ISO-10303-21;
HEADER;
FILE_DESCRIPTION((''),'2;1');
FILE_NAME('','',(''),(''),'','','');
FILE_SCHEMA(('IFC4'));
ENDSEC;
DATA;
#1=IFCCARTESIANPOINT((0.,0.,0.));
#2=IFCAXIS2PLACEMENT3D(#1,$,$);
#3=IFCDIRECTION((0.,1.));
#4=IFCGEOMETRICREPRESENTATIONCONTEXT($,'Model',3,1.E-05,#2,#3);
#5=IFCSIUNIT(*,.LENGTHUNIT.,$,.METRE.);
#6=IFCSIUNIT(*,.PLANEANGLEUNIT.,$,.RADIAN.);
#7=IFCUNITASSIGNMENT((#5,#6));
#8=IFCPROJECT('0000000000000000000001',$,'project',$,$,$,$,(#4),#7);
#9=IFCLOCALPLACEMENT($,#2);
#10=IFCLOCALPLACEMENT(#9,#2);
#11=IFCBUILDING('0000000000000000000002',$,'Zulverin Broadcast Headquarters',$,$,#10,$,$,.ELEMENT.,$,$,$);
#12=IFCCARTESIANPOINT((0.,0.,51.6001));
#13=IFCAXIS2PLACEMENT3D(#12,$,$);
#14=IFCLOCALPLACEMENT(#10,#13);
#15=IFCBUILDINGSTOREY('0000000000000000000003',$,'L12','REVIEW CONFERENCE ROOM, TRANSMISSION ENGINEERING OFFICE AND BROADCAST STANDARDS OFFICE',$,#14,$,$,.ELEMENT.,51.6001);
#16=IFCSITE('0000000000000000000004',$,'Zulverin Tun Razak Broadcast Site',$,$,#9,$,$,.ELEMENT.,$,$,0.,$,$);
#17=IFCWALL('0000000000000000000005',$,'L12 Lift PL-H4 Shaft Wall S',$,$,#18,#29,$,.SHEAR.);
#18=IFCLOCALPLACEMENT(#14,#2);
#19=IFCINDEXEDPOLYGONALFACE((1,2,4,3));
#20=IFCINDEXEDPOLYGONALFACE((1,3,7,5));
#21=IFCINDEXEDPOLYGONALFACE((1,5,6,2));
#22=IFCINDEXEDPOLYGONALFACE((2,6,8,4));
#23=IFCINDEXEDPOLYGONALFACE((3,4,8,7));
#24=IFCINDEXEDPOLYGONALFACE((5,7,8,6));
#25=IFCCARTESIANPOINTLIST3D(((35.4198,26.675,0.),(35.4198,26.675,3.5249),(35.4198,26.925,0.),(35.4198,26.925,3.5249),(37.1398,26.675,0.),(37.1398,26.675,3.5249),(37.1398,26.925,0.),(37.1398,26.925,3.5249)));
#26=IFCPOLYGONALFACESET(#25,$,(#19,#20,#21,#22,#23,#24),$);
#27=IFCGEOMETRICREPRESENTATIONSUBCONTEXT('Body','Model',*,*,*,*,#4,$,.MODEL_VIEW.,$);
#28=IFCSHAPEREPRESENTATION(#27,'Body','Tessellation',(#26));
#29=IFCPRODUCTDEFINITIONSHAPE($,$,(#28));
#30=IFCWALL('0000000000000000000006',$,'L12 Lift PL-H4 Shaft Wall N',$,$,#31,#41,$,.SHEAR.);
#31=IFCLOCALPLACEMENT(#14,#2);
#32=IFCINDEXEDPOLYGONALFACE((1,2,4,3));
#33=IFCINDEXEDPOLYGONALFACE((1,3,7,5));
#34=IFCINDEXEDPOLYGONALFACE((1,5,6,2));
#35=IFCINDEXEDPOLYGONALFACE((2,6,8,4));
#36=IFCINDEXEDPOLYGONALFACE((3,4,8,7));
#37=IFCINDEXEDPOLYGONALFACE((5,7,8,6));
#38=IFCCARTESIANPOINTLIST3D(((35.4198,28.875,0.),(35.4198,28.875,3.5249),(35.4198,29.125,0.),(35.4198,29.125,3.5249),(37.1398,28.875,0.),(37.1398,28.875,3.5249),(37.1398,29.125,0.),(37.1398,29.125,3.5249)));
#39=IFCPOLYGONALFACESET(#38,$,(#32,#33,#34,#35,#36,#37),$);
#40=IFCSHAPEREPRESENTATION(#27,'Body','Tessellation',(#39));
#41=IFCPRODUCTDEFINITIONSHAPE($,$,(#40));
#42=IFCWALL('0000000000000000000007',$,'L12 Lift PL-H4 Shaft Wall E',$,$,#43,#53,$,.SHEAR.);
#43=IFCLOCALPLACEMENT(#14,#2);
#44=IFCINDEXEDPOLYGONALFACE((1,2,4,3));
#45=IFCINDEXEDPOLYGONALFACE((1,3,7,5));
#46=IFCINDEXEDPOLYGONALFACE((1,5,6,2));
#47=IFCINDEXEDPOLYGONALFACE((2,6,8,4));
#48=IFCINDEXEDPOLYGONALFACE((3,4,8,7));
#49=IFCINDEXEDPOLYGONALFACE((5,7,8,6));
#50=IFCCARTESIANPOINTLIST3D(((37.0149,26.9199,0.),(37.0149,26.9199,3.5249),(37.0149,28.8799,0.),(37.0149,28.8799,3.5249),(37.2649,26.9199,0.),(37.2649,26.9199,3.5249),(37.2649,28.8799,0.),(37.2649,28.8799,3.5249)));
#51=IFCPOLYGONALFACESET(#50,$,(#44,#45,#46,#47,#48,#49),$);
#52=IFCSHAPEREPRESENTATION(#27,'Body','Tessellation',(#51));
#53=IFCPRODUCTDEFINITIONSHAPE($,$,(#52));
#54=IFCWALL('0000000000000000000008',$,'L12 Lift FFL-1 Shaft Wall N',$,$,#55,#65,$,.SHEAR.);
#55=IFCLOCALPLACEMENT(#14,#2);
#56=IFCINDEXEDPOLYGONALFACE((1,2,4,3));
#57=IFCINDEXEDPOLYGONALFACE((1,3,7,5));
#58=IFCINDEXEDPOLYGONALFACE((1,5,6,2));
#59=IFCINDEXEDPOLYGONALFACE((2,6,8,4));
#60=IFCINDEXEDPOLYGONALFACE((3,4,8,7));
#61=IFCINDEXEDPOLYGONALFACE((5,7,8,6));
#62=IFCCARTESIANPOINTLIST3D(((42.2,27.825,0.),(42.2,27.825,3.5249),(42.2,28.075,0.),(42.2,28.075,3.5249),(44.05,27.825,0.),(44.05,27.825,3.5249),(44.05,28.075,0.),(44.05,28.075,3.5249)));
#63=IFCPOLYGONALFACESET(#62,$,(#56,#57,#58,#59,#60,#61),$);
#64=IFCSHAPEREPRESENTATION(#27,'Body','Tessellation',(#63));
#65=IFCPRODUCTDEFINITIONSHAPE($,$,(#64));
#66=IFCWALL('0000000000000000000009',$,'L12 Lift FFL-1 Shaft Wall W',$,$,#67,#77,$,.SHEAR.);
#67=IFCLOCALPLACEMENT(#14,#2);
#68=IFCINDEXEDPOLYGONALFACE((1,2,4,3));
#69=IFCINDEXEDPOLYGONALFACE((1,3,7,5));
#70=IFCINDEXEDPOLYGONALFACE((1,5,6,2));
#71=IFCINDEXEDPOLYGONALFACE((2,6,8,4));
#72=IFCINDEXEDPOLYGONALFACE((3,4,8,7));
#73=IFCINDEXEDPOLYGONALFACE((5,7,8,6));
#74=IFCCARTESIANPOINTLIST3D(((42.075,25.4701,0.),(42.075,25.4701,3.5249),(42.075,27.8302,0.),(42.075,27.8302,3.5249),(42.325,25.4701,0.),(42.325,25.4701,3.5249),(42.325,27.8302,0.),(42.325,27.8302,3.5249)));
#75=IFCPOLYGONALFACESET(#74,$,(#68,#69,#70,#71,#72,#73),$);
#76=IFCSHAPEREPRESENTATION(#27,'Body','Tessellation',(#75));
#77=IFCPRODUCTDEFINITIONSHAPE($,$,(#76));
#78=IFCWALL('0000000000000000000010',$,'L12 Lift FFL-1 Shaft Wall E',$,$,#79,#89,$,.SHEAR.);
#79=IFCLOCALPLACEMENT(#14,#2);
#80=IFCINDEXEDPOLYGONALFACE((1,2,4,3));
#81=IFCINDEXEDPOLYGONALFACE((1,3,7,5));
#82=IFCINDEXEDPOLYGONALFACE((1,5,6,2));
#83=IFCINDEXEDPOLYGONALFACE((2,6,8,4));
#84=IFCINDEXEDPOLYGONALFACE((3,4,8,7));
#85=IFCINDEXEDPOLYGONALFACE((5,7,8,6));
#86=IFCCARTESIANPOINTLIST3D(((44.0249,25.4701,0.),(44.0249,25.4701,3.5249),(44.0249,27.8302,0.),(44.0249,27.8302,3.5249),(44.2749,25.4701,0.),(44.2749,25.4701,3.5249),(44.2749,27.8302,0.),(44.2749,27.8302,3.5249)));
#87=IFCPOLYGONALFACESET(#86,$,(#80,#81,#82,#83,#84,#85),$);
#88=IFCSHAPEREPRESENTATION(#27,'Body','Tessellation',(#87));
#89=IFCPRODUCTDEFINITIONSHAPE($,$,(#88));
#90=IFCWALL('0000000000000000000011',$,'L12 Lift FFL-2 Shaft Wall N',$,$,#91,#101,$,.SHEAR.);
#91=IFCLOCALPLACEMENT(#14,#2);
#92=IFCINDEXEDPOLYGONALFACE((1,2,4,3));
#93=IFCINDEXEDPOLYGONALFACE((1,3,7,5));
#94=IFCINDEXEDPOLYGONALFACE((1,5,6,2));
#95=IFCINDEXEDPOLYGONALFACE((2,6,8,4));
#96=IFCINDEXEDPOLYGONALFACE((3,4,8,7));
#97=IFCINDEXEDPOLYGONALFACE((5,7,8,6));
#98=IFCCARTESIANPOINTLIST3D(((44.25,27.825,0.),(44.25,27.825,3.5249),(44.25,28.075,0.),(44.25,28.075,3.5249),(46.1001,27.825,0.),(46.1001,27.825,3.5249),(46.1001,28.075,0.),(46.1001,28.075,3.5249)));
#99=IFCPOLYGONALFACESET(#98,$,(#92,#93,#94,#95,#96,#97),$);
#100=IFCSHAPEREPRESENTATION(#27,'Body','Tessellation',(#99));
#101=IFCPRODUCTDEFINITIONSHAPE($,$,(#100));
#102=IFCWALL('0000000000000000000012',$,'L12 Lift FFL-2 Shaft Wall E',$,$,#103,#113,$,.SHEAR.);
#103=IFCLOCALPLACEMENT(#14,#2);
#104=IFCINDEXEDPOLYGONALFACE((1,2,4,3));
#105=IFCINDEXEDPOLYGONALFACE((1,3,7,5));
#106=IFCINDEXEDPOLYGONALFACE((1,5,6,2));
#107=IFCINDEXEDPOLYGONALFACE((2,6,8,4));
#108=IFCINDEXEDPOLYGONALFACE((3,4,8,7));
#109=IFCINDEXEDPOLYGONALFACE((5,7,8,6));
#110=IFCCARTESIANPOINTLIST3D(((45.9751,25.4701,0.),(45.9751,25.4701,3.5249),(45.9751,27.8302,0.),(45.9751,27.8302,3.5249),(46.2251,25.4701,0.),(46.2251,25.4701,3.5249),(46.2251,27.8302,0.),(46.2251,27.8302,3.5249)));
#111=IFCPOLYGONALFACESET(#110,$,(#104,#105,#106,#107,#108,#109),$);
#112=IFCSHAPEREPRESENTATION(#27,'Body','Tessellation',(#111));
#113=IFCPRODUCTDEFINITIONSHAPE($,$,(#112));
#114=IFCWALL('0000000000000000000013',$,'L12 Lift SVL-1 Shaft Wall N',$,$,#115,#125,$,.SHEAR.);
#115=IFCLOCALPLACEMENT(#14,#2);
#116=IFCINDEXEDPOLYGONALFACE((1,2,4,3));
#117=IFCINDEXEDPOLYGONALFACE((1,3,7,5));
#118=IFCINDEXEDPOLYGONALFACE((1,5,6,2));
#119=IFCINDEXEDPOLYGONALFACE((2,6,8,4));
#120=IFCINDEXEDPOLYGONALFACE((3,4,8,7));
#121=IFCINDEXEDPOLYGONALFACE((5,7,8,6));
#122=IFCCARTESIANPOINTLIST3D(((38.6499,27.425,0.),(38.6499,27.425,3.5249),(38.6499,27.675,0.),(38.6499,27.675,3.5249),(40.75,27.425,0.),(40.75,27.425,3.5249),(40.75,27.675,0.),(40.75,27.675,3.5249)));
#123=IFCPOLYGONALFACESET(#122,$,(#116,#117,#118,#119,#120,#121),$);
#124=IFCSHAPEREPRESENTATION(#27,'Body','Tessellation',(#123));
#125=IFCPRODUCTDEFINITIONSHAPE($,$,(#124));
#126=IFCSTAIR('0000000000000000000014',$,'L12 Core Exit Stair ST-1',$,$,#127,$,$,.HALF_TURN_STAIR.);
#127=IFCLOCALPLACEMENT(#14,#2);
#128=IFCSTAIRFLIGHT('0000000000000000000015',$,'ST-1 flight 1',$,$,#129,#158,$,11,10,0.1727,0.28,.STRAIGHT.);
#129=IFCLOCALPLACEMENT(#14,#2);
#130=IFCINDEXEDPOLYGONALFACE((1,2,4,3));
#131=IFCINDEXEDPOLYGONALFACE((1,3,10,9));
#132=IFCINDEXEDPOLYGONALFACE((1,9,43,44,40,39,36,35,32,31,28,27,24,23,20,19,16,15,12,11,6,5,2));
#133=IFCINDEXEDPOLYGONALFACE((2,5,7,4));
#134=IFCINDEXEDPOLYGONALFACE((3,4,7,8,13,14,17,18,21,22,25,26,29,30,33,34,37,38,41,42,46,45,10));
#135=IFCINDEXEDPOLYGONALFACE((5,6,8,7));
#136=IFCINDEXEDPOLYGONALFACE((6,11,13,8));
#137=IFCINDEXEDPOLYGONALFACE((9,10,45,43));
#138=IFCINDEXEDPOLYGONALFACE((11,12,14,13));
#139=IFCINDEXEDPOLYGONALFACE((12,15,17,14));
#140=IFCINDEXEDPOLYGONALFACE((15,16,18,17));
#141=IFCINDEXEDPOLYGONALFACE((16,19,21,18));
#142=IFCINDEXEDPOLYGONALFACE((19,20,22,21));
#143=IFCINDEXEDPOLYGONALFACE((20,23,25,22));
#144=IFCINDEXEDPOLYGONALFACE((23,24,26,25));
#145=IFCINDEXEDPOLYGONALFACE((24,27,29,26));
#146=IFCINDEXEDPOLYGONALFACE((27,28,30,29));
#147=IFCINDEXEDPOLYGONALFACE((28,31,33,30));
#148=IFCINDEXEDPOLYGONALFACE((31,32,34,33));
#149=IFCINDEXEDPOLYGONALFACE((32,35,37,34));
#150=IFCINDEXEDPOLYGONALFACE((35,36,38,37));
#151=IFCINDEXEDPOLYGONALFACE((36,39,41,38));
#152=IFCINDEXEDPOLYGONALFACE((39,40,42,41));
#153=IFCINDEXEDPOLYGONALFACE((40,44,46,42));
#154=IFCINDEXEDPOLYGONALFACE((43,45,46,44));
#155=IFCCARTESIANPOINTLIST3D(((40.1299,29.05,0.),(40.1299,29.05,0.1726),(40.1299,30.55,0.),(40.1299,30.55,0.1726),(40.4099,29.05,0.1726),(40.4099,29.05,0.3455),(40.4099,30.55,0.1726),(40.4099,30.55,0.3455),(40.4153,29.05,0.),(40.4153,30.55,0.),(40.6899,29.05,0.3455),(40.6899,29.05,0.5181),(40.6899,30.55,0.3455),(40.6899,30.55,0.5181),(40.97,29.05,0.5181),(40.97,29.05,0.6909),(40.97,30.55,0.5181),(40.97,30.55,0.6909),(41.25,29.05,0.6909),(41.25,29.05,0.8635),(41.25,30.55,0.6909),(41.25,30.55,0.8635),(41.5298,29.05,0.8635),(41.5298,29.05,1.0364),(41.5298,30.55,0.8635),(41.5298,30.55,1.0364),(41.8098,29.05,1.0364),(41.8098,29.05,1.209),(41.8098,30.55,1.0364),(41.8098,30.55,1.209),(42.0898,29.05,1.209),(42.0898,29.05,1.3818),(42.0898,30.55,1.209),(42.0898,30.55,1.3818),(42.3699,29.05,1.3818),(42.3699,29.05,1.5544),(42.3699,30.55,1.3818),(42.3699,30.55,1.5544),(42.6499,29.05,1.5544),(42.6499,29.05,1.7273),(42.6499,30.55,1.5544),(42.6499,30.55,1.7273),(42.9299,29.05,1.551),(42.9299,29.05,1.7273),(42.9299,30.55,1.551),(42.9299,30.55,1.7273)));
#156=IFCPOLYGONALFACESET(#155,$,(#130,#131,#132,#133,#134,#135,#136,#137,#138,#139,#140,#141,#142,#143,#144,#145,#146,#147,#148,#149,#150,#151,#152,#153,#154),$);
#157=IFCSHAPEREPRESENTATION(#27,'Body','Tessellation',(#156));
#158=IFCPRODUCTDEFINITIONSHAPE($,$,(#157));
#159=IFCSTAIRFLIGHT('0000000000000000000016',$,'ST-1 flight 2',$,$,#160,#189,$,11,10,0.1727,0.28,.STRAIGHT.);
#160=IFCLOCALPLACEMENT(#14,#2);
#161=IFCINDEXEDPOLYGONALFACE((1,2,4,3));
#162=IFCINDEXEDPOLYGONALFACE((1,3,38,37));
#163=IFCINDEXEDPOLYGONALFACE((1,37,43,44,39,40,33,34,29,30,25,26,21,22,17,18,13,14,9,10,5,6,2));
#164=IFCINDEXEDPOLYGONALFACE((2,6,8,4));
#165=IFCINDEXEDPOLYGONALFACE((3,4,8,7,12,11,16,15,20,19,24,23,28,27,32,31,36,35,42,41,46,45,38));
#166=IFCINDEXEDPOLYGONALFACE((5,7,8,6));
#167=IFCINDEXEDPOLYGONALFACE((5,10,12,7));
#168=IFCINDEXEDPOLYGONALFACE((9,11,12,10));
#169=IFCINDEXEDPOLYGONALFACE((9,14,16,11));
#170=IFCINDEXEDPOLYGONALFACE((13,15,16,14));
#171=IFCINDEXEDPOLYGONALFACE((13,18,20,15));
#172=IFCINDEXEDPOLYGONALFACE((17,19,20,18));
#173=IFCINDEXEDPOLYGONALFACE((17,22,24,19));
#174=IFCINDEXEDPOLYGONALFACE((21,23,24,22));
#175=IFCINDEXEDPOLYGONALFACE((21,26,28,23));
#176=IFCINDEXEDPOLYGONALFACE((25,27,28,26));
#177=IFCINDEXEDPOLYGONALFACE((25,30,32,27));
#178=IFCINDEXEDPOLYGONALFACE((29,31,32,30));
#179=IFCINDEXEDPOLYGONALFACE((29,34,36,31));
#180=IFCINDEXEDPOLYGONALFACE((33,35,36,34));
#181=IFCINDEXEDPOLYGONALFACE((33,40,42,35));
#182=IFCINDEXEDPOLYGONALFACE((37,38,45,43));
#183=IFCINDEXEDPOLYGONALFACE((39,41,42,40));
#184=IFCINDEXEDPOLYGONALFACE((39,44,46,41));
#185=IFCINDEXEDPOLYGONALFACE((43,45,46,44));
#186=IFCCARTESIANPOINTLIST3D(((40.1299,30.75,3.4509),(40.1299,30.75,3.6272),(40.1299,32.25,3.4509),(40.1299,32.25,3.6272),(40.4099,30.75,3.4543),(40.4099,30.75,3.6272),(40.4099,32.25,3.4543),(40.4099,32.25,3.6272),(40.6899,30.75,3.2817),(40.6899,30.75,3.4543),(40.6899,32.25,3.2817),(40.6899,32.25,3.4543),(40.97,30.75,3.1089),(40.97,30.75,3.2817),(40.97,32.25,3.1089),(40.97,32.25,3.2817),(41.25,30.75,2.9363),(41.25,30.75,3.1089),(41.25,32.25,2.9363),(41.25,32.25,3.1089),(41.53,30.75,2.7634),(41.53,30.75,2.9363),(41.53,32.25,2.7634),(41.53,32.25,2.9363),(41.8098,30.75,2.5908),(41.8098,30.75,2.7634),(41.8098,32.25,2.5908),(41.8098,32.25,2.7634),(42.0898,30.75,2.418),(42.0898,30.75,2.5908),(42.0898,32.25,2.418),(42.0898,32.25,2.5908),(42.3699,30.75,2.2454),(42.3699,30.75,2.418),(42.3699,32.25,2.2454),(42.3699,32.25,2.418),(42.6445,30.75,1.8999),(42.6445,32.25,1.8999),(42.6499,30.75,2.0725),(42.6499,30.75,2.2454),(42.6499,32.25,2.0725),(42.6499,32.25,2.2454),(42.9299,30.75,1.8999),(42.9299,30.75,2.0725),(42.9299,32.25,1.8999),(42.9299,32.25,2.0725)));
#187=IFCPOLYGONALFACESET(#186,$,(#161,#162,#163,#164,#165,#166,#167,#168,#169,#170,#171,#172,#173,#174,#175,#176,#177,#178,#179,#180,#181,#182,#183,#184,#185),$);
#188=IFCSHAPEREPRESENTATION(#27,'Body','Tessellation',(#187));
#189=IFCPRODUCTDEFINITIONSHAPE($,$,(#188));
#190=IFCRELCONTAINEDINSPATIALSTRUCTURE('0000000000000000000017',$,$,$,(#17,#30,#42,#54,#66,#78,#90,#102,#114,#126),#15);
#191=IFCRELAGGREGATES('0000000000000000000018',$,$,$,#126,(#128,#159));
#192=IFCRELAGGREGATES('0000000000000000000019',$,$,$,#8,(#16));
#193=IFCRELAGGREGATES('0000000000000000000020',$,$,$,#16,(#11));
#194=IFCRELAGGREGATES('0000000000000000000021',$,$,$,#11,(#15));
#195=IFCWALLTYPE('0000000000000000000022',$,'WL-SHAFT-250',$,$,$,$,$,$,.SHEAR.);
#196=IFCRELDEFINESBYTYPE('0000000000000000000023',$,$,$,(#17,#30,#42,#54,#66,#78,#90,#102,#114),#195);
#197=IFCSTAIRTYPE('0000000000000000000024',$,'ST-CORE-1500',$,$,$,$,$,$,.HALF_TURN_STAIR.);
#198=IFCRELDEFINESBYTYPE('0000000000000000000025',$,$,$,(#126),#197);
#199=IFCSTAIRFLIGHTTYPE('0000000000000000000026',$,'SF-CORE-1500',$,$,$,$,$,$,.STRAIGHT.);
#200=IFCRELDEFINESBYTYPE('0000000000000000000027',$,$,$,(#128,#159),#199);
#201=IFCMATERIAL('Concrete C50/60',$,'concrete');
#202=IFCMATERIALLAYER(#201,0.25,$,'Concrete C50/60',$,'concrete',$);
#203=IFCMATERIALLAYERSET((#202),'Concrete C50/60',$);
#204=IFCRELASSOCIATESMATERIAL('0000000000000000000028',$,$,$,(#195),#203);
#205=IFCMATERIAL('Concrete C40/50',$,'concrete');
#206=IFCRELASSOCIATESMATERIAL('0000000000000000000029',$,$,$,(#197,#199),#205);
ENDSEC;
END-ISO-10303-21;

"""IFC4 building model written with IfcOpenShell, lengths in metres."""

from ifc_helpers import new_model, si_unit, direction, frame, frame_2d, origin, place, context, subcontext, project, spatial, polyline, rectangle, outline, extrude, material, layer, layer_set, type_object, element, aggregate, save


model = new_model("IFC4")

# Units and contexts
model_context = context("Model", 3, precision=1e-05, world=origin(), true_north=direction((0.0, 1.0)))
body_context = subcontext(model_context, "Body", "Model", "MODEL_VIEW")
ifc_project = project(units=[si_unit("LENGTHUNIT", "METRE"), si_unit("PLANEANGLEUNIT", "RADIAN")], contexts=[model_context])

# Site, building, storey
site_placement = place(None, origin())
site = spatial("IfcSite", under=ifc_project, at=site_placement, Name="Zulverin Tun Razak Broadcast Site", CompositionType="ELEMENT", RefElevation=0.0)
building_placement = place(site_placement, origin())
building = spatial("IfcBuilding", under=site, at=building_placement, Name="Zulverin Broadcast Headquarters", CompositionType="ELEMENT")
storey_placement = place(building_placement, frame((0.0, 0.0, 51.6001)))
storey = spatial("IfcBuildingStorey", under=building, at=storey_placement, Name="L12", Description="REVIEW CONFERENCE ROOM, TRANSMISSION ENGINEERING OFFICE AND BROADCAST STANDARDS OFFICE", CompositionType="ELEMENT", Elevation=51.6001)

# Shared definitions
ifc_material_1 = material(Name="Concrete C50/60", Category="concrete")
ifc_layer_1 = layer(ifc_material_1, 0.25, Name="Concrete C50/60", Category="concrete")
ifc_layer_set_1 = layer_set([ifc_layer_1], Name="Concrete C50/60")
wall_type_1 = type_object("IfcWallType", Name="WL-SHAFT-250", PredefinedType="SHEAR", material=ifc_layer_set_1)

# Walls
for number, where, z_axis, x_axis, name in (
    (1, (35.4199, 26.8, 0.0), (0.0, 0.0, 1.0), (1.0, 0.0, 0.0), "L12 Lift PL-H4 Shaft Wall S"),
    (2, (35.4199, 29.0, 0.0), (0.0, 0.0, 1.0), (1.0, 0.0, 0.0), "L12 Lift PL-H4 Shaft Wall N"),
):
    element("IfcWall", number, at=place(storey_placement, frame(where, z_axis=z_axis, x_axis=x_axis)), inside=storey, type_object=wall_type_1, Name=name, PredefinedType="SHEAR", context=body_context, shape_type="SweptSolid", body=[
        extrude(rectangle(XDim=1.72, YDim=0.25, at=frame_2d((0.8599, 0.0))), origin(), (0.0, 0.0, 1.0), 3.5249),
    ])
wall_1_placement = place(storey_placement, frame((37.1399, 26.9199, 0.0), z_axis=(0.0, 0.0, 1.0), x_axis=(0.0, 1.0, 0.0)))
element("IfcWall", 3, at=wall_1_placement, inside=storey, type_object=wall_type_1, Name="L12 Lift PL-H4 Shaft Wall E", PredefinedType="SHEAR", context=body_context, shape_type="SweptSolid", body=[
    extrude(rectangle(XDim=1.96, YDim=0.25, at=frame_2d((0.98, 0.0))), origin(), (0.0, 0.0, 1.0), 3.5249),
])
wall_2_placement = place(storey_placement, frame((42.2, 27.95, 0.0), z_axis=(0.0, 0.0, 1.0), x_axis=(1.0, 0.0, 0.0)))
element("IfcWall", 4, at=wall_2_placement, inside=storey, type_object=wall_type_1, Name="L12 Lift FFL-1 Shaft Wall N", PredefinedType="SHEAR", context=body_context, shape_type="SweptSolid", body=[
    extrude(rectangle(XDim=1.8501, YDim=0.25, at=frame_2d((0.925, 0.0))), origin(), (0.0, 0.0, 1.0), 3.5249),
])
for number, where, z_axis, x_axis, name in (
    (5, (42.2, 25.47, 0.0), (0.0, 0.0, 1.0), (0.0, 1.0, 0.0), "L12 Lift FFL-1 Shaft Wall W"),
    (6, (44.1499, 25.47, 0.0), (0.0, 0.0, 1.0), (0.0, 1.0, 0.0), "L12 Lift FFL-1 Shaft Wall E"),
):
    element("IfcWall", number, at=place(storey_placement, frame(where, z_axis=z_axis, x_axis=x_axis)), inside=storey, type_object=wall_type_1, Name=name, PredefinedType="SHEAR", context=body_context, shape_type="SweptSolid", body=[
        extrude(rectangle(XDim=2.3601, YDim=0.25, at=frame_2d((1.1802, 0.0))), origin(), (0.0, 0.0, 1.0), 3.5249),
    ])
wall_3_placement = place(storey_placement, frame((44.25, 27.95, 0.0), z_axis=(0.0, 0.0, 1.0), x_axis=(1.0, 0.0, 0.0)))
element("IfcWall", 7, at=wall_3_placement, inside=storey, type_object=wall_type_1, Name="L12 Lift FFL-2 Shaft Wall N", PredefinedType="SHEAR", context=body_context, shape_type="SweptSolid", body=[
    extrude(rectangle(XDim=1.8501, YDim=0.25, at=frame_2d((0.925, 0.0))), origin(), (0.0, 0.0, 1.0), 3.5249),
])
wall_4_placement = place(storey_placement, frame((46.1001, 25.47, 0.0), z_axis=(0.0, 0.0, 1.0), x_axis=(0.0, 1.0, 0.0)))
element("IfcWall", 8, at=wall_4_placement, inside=storey, type_object=wall_type_1, Name="L12 Lift FFL-2 Shaft Wall E", PredefinedType="SHEAR", context=body_context, shape_type="SweptSolid", body=[
    extrude(rectangle(XDim=2.3601, YDim=0.25, at=frame_2d((1.1802, 0.0))), origin(), (0.0, 0.0, 1.0), 3.5249),
])
wall_5_placement = place(storey_placement, frame((38.6499, 27.55, 0.0), z_axis=(0.0, 0.0, 1.0), x_axis=(1.0, 0.0, 0.0)))
element("IfcWall", 9, at=wall_5_placement, inside=storey, type_object=wall_type_1, Name="L12 Lift SVL-1 Shaft Wall N", PredefinedType="SHEAR", context=body_context, shape_type="SweptSolid", body=[
    extrude(rectangle(XDim=2.1001, YDim=0.25, at=frame_2d((1.05, 0.0))), origin(), (0.0, 0.0, 1.0), 3.5249),
])

# Stair, stair flights
ifc_material_2 = material(Name="Concrete C40/50", Category="concrete")
stair_type = type_object("IfcStairType", Name="ST-CORE-1500", PredefinedType="HALF_TURN_STAIR", material=ifc_material_2)
stair_placement = place(storey_placement, origin())
stair = element("IfcStair", 10, at=stair_placement, inside=storey, type_object=stair_type, Name="L12 Core Exit Stair ST-1", PredefinedType="HALF_TURN_STAIR")
stair_flight_type = type_object("IfcStairFlightType", Name="SF-CORE-1500", PredefinedType="STRAIGHT", material=ifc_material_2)
stair_flight_1_placement = place(storey_placement, frame((40.1299, 29.8, 0.0), z_axis=(0.0, 0.0, 1.0), x_axis=(1.0, 0.0, 0.0)))
stair_flight_1 = element("IfcStairFlight", 11, at=stair_flight_1_placement, type_object=stair_flight_type, Name="ST-1 flight 1", NumberOfRisers=11, NumberOfTreads=10, PredefinedType="STRAIGHT", RiserHeight=0.1727, TreadLength=0.28, context=body_context, shape_type="SweptSolid", body=[
    extrude(outline(polyline([(0.0, 0.0), (0.0, 0.1726), (0.28, 0.1726), (0.28, 0.3455), (0.5601, 0.3455), (0.5601, 0.5181), (0.8401, 0.5181), (0.8401, 0.6909), (1.1201, 0.6909), (1.1201, 0.8635), (1.3999, 0.8635), (1.3999, 1.0364), (1.6799, 1.0364), (1.6799, 1.209), (1.96, 1.209), (1.96, 1.3818), (2.24, 1.3818), (2.24, 1.5544), (2.52, 1.5544), (2.52, 1.7273), (2.8, 1.7273), (2.8, 1.8999), (2.8, 1.551), (0.2854, 0.0), (0.0, 0.0)])), frame((0.0, 0.75, 0.0), z_axis=(0.0, -1.0, 0.0), x_axis=(1.0, 0.0, 0.0)), (0.0, 0.0, 1.0), 1.5),
])
stair_flight_2_placement = place(storey_placement, frame((42.9299, 31.5, 1.8999), z_axis=(0.0, 0.0, 1.0), x_axis=(-1.0, 0.0, 0.0)))
stair_flight_2 = element("IfcStairFlight", 12, at=stair_flight_2_placement, type_object=stair_flight_type, Name="ST-1 flight 2", NumberOfRisers=11, NumberOfTreads=10, PredefinedType="STRAIGHT", RiserHeight=0.1727, TreadLength=0.28, context=body_context, shape_type="SweptSolid", body=[
    extrude(outline(polyline([(0.0, 0.0), (0.0, 0.1726), (0.28, 0.1726), (0.28, 0.3455), (0.5601, 0.3455), (0.5601, 0.5181), (0.8401, 0.5181), (0.8401, 0.6909), (1.1201, 0.6909), (1.1201, 0.8635), (1.3999, 0.8635), (1.3999, 1.0364), (1.6799, 1.0364), (1.6799, 1.209), (1.96, 1.209), (1.96, 1.3818), (2.24, 1.3818), (2.24, 1.5544), (2.52, 1.5544), (2.52, 1.7273), (2.8, 1.7273), (2.8, 1.8999), (2.8, 1.551), (0.2854, 0.0), (0.0, 0.0)])), frame((0.0, 0.75, 0.0), z_axis=(0.0, -1.0, 0.0), x_axis=(1.0, 0.0, 0.0)), (0.0, 0.0, 1.0), 1.5),
])
aggregate(stair, [stair_flight_1, stair_flight_2])

save(model, "model.ifc")
